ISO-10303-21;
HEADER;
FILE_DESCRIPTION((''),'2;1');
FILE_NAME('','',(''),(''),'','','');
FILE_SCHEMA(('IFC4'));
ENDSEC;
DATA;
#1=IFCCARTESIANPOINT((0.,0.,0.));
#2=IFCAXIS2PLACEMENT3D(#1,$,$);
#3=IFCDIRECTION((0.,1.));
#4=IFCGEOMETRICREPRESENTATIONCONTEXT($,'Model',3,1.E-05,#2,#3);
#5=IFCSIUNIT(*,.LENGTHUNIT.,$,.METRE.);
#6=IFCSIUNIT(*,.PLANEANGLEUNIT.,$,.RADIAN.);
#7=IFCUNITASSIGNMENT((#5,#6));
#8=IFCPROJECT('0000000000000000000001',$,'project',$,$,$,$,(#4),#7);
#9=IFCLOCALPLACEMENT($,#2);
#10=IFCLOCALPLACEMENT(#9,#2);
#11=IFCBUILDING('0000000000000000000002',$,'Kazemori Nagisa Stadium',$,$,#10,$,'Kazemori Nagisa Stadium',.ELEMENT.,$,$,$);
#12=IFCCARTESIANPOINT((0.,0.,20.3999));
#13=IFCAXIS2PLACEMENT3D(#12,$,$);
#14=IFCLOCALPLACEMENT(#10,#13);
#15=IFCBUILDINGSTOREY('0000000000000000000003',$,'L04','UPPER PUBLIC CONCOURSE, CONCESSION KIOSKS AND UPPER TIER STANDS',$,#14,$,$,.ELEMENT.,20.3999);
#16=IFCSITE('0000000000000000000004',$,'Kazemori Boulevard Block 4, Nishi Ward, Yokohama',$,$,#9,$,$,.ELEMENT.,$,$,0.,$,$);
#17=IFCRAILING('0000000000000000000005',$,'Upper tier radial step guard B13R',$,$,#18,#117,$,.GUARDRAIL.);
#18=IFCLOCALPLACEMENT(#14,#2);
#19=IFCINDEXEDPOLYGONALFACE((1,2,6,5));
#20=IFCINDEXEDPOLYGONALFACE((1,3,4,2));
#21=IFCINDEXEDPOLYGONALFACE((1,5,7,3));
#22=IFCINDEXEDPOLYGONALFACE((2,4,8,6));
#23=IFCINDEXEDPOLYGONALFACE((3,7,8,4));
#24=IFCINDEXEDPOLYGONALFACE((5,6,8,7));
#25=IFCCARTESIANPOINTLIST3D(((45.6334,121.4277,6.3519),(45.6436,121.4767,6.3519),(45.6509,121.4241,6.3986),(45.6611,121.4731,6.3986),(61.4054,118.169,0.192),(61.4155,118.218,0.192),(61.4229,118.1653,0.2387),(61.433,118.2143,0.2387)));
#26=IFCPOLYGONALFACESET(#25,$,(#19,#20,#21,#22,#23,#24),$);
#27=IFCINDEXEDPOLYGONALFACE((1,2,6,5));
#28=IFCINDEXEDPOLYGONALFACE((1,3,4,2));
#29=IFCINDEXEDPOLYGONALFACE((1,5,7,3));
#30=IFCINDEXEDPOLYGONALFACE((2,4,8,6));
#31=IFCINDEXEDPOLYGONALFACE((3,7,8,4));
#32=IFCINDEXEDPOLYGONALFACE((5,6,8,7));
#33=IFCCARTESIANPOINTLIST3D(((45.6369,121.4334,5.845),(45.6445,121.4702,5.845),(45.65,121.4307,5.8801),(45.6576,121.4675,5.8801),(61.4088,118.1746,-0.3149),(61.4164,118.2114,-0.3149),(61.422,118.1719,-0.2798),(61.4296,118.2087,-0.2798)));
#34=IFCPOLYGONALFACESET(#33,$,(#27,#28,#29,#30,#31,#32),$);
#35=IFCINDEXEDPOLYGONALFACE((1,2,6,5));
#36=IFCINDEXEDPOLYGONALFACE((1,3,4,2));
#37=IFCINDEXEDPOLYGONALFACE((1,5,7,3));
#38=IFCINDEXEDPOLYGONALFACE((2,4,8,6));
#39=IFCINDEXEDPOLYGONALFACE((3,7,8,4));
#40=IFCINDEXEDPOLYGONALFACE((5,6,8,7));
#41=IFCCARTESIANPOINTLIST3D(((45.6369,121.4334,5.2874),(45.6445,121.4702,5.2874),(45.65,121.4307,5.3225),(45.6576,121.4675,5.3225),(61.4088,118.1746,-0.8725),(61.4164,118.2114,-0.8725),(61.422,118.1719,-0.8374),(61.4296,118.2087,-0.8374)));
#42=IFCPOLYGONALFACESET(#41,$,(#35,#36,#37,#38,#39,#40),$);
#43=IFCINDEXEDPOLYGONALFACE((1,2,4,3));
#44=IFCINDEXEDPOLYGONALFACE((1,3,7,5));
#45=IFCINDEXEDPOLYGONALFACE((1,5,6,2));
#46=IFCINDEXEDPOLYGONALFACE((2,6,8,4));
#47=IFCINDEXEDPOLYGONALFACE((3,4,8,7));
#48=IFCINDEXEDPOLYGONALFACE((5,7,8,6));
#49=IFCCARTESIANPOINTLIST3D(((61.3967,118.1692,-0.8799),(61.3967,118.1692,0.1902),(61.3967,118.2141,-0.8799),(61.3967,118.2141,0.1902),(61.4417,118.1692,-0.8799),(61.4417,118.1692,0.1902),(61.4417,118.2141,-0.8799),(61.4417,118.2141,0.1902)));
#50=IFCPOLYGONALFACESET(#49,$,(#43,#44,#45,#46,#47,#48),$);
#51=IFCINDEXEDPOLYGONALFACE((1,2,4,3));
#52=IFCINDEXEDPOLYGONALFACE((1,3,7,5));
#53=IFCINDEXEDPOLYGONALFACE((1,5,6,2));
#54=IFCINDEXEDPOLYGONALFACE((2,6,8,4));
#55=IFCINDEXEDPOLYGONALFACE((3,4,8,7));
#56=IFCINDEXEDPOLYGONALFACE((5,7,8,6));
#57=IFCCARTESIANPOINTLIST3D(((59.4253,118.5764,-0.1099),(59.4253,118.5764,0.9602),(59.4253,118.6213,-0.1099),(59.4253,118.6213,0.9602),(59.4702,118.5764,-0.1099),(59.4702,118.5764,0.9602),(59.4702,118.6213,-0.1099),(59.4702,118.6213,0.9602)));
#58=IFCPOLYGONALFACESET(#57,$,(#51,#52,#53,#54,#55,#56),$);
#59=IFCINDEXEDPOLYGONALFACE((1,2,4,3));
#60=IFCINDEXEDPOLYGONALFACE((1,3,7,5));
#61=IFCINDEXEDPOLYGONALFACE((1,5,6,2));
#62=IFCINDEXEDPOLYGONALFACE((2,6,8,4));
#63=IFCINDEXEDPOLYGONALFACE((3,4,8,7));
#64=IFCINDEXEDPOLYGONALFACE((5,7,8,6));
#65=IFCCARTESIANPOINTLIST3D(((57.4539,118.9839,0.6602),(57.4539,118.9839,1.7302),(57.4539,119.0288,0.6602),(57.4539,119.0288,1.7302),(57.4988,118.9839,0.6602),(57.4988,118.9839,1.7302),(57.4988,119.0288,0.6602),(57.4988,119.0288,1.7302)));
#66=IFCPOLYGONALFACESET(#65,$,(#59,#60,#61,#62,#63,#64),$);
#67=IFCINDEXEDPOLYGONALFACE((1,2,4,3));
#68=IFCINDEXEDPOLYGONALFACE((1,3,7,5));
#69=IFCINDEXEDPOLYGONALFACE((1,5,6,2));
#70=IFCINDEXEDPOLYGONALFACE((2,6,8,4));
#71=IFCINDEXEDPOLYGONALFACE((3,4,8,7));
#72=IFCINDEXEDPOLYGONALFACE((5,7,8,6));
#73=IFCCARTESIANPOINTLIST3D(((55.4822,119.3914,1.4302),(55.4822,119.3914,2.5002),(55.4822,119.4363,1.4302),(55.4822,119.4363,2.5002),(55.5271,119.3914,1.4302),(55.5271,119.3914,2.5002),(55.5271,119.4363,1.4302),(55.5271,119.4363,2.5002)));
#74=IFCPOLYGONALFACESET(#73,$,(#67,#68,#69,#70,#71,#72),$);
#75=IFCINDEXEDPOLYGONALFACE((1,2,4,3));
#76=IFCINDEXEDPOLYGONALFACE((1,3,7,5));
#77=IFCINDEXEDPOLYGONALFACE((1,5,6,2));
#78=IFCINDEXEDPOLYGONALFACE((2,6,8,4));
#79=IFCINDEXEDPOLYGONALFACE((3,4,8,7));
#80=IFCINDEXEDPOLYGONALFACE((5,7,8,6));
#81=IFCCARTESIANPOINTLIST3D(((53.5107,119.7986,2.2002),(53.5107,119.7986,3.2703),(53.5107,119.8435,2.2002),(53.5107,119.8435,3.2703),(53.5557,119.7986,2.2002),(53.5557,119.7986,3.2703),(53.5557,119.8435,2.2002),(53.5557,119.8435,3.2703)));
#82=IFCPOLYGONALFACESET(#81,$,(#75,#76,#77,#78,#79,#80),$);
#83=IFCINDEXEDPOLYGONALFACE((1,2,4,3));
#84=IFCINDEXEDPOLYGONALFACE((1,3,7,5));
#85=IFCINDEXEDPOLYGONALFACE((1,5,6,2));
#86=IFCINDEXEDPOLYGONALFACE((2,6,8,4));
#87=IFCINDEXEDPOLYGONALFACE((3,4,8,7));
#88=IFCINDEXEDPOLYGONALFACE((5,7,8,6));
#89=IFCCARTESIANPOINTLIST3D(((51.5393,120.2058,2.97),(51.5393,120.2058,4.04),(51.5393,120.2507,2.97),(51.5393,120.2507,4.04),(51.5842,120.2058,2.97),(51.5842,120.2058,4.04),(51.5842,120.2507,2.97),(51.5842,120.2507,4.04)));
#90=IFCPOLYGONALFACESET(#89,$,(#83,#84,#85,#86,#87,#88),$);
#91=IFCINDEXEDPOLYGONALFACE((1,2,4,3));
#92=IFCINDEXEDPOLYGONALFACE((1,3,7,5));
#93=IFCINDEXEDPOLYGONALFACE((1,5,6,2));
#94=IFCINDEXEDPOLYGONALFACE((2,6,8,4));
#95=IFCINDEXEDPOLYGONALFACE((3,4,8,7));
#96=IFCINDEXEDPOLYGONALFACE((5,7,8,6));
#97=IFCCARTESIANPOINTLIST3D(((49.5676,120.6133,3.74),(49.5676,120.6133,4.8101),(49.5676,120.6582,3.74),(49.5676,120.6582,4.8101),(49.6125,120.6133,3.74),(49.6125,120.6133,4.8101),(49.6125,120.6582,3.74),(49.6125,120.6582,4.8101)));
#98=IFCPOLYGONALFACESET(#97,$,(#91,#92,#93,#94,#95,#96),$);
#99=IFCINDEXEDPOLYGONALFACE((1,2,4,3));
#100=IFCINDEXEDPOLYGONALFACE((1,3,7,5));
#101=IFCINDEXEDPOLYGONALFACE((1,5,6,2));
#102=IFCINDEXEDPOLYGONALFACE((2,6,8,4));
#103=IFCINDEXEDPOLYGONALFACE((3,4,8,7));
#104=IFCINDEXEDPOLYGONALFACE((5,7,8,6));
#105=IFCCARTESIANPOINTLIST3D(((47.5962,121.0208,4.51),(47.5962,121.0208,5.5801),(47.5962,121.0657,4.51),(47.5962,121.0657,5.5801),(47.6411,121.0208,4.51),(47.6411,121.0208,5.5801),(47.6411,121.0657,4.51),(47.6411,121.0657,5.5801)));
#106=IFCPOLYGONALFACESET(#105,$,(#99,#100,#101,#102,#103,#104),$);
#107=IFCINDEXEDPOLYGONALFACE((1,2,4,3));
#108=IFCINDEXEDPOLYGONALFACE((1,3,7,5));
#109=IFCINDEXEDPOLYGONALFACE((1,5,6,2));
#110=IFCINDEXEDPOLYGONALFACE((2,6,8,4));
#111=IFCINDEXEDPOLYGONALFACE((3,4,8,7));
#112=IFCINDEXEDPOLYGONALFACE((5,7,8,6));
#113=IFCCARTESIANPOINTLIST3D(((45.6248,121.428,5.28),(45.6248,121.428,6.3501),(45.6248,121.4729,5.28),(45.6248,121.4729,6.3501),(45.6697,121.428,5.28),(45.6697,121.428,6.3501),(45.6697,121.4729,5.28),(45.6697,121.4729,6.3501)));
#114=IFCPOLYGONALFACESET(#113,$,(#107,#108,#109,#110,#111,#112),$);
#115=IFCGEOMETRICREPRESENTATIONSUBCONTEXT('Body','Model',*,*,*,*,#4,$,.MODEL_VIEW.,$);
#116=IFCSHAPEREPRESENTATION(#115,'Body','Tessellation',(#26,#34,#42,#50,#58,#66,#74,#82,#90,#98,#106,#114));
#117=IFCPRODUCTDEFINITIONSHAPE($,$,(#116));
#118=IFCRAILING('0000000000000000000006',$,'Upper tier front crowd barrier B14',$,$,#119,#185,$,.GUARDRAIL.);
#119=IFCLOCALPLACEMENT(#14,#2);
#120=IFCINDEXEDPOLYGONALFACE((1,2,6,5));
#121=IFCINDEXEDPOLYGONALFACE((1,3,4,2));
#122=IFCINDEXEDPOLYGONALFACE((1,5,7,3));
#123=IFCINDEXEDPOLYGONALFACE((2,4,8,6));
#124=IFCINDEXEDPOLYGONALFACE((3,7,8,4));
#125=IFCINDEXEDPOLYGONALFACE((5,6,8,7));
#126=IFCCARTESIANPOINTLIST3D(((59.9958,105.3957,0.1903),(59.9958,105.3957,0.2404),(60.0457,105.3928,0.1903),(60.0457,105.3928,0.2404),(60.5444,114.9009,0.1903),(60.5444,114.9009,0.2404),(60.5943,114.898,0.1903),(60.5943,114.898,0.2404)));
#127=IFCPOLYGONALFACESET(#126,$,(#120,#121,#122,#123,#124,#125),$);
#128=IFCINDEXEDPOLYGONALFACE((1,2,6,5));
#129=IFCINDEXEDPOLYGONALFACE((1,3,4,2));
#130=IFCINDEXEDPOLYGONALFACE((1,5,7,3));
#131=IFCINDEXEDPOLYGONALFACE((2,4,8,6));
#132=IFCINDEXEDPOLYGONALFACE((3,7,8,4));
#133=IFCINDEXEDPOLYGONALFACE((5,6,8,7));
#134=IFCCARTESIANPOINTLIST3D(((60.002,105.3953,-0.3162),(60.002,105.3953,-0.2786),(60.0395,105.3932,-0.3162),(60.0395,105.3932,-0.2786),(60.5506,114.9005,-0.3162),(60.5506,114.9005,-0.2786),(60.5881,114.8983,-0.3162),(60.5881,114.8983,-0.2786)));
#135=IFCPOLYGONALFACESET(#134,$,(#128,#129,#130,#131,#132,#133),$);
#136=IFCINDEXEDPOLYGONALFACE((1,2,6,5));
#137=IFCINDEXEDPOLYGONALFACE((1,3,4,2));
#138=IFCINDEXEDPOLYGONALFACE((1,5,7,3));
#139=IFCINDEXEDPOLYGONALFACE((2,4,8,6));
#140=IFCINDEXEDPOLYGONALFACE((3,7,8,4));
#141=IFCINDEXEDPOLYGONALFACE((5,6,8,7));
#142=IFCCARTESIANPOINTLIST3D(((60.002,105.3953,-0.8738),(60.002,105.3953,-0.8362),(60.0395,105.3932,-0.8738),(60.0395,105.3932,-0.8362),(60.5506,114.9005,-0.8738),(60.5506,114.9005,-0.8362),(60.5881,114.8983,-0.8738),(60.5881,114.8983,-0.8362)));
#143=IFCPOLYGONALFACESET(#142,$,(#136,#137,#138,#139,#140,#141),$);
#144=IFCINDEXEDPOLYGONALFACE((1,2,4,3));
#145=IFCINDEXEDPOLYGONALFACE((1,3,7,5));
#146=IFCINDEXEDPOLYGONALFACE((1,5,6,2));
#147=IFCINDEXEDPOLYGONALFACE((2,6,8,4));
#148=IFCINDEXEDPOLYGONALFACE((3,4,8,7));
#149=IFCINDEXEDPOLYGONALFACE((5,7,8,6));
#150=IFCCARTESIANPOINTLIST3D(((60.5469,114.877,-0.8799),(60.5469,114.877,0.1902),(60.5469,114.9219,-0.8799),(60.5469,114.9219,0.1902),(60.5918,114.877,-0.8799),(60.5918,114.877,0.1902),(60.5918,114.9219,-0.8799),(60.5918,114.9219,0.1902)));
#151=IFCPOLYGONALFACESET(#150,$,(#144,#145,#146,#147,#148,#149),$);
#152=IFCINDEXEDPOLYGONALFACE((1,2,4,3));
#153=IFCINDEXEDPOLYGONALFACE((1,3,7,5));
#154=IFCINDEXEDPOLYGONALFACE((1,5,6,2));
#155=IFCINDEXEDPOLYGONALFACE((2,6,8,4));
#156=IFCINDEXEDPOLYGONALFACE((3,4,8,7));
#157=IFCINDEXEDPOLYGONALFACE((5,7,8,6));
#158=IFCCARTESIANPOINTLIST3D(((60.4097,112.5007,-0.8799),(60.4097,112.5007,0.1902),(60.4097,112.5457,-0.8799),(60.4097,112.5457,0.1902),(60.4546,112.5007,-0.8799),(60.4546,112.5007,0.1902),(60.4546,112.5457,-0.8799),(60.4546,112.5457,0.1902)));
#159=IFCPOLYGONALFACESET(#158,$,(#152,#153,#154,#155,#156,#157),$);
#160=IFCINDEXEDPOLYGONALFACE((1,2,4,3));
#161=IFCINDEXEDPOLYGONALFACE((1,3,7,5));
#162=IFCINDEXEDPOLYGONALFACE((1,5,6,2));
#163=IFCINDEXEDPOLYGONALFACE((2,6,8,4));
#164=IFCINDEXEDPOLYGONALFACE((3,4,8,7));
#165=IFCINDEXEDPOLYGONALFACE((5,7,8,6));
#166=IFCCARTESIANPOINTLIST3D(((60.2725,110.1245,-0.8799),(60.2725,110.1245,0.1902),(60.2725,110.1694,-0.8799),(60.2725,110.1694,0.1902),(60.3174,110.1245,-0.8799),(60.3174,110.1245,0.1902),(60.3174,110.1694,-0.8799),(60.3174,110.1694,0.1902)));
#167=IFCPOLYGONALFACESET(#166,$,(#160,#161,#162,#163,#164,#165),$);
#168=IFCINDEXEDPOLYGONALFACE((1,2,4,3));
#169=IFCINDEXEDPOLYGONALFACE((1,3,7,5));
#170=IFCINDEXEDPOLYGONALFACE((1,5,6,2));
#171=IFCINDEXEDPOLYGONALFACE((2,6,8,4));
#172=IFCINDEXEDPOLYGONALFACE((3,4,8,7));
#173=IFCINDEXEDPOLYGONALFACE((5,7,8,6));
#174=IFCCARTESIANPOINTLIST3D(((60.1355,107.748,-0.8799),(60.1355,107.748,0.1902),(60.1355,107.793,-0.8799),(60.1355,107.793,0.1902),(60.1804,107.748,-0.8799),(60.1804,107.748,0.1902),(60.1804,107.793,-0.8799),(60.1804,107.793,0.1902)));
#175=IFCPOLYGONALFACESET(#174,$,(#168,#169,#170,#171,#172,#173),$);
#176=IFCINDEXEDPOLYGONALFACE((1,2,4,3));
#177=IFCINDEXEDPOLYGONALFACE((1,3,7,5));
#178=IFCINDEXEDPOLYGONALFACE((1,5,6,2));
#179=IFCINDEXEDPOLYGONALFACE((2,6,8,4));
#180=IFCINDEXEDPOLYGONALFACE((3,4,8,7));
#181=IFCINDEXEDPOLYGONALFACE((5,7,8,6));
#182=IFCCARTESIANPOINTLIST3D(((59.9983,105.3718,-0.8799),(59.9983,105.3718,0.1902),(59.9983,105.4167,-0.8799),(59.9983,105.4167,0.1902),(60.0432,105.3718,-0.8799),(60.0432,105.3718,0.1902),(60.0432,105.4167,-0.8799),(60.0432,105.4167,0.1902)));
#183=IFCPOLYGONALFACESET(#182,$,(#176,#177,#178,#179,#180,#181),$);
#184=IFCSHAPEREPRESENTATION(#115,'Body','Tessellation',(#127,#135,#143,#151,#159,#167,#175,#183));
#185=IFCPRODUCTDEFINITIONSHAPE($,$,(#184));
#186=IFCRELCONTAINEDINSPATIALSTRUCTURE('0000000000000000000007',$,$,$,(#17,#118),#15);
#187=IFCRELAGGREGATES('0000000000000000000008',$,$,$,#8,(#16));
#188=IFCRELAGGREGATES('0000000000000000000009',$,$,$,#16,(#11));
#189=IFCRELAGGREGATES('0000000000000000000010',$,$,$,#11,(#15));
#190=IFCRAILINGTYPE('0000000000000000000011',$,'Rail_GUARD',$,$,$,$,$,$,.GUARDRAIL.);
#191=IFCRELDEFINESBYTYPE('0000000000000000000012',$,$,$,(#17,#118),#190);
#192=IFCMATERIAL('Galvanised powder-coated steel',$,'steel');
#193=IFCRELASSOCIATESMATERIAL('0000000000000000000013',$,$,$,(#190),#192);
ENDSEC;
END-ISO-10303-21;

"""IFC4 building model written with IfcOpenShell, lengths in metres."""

from ifc_helpers import new_model, si_unit, direction, frame, origin, origin_2d, place, context, subcontext, project, spatial, rectangle, extrude, material, type_object, element, save


model = new_model("IFC4")

# Units and contexts
model_context = context("Model", 3, precision=1e-05, world=origin(), true_north=direction((0.0, 1.0)))
body_context = subcontext(model_context, "Body", "Model", "MODEL_VIEW")
ifc_project = project(units=[si_unit("LENGTHUNIT", "METRE"), si_unit("PLANEANGLEUNIT", "RADIAN")], contexts=[model_context])

# Site, building, storey
site_placement = place(None, origin())
site = spatial("IfcSite", under=ifc_project, at=site_placement, Name="Kazemori Boulevard Block 4, Nishi Ward, Yokohama", CompositionType="ELEMENT", RefElevation=0.0)
building_placement = place(site_placement, origin())
building = spatial("IfcBuilding", under=site, at=building_placement, Name="Kazemori Nagisa Stadium", LongName="Kazemori Nagisa Stadium", CompositionType="ELEMENT")
storey_placement = place(building_placement, frame((0.0, 0.0, 20.3999)))
storey = spatial("IfcBuildingStorey", under=building, at=storey_placement, Name="L04", Description="UPPER PUBLIC CONCOURSE, CONCESSION KIOSKS AND UPPER TIER STANDS", CompositionType="ELEMENT", Elevation=20.3999)

# Railings
ifc_material_1 = material(Name="Galvanised powder-coated steel", Category="steel")
railing_type_1 = type_object("IfcRailingType", Name="Rail_GUARD", PredefinedType="GUARDRAIL", material=ifc_material_1)
railing_1_placement = place(storey_placement, frame((61.4192, 118.1917, -0.8799)))
element("IfcRailing", 1, at=railing_1_placement, inside=storey, type_object=railing_type_1, Name="Upper tier radial step guard B13R", PredefinedType="GUARDRAIL", context=body_context, shape_type="SweptSolid", body=[
    extrude(rectangle(XDim=0.05, YDim=0.05, at=origin_2d()), frame((0.0, 0.0, 1.0952), z_axis=(-0.914691, 0.188993, 0.357242), x_axis=(-0.202345, -0.979314, 0.0)), (0.0, 0.0, 1.0), 17.2429),
    extrude(rectangle(XDim=0.0376, YDim=0.0376, at=origin_2d()), frame((0.0, 0.0, 0.5825), z_axis=(-0.914691, 0.188993, 0.357242), x_axis=(-0.202345, -0.979314, 0.0)), (0.0, 0.0, 1.0), 17.2429),
    extrude(rectangle(XDim=0.0376, YDim=0.0376, at=origin_2d()), frame((0.0, 0.0, 0.0249), z_axis=(-0.914691, 0.188993, 0.357242), x_axis=(-0.202345, -0.979314, 0.0)), (0.0, 0.0, 1.0), 17.2429),
    extrude(rectangle(XDim=0.0449, YDim=0.0449, at=origin_2d()), origin(), (0.0, 0.0, 1.0), 1.0701),
    extrude(rectangle(XDim=0.0449, YDim=0.0449, at=origin_2d()), frame((-1.9714, 0.4072, 0.77)), (0.0, 0.0, 1.0), 1.0701),
    extrude(rectangle(XDim=0.0449, YDim=0.0449, at=origin_2d()), frame((-3.9429, 0.8147, 1.54)), (0.0, 0.0, 1.0), 1.0701),
    extrude(rectangle(XDim=0.0449, YDim=0.0449, at=origin_2d()), frame((-5.9146, 1.2222, 2.3101)), (0.0, 0.0, 1.0), 1.0701),
    extrude(rectangle(XDim=0.0449, YDim=0.0449, at=origin_2d()), frame((-7.886, 1.6294, 3.0801)), (0.0, 0.0, 1.0), 1.0701),
    extrude(rectangle(XDim=0.0449, YDim=0.0449, at=origin_2d()), frame((-9.8574, 2.0366, 3.8499)), (0.0, 0.0, 1.0), 1.0701),
    extrude(rectangle(XDim=0.0449, YDim=0.0449, at=origin_2d()), frame((-11.8291, 2.4441, 4.6199)), (0.0, 0.0, 1.0), 1.0701),
    extrude(rectangle(XDim=0.0449, YDim=0.0449, at=origin_2d()), frame((-13.8005, 2.8516, 5.3899)), (0.0, 0.0, 1.0), 1.0701),
    extrude(rectangle(XDim=0.0449, YDim=0.0449, at=origin_2d()), frame((-15.772, 3.2588, 6.1599)), (0.0, 0.0, 1.0), 1.0701),
])
railing_2_placement = place(storey_placement, frame((60.5693, 114.8994, -0.8799)))
element("IfcRailing", 2, at=railing_2_placement, inside=storey, type_object=railing_type_1, Name="Upper tier front crowd barrier B14", PredefinedType="GUARDRAIL", context=body_context, shape_type="SweptSolid", body=[
    extrude(rectangle(XDim=0.05, YDim=0.05, at=origin_2d()), frame((0.0, 0.0, 1.0952), z_axis=(-0.057619, -0.998339, 0.0), x_axis=(0.998339, -0.057619, 0.0)), (0.0, 0.0, 1.0), 9.521),
    extrude(rectangle(XDim=0.0376, YDim=0.0376, at=origin_2d()), frame((0.0, 0.0, 0.5825), z_axis=(-0.057619, -0.998339, 0.0), x_axis=(0.998339, -0.057619, 0.0)), (0.0, 0.0, 1.0), 9.521),
    extrude(rectangle(XDim=0.0376, YDim=0.0376, at=origin_2d()), frame((0.0, 0.0, 0.0249), z_axis=(-0.057619, -0.998339, 0.0), x_axis=(0.998339, -0.057619, 0.0)), (0.0, 0.0, 1.0), 9.521),
    extrude(rectangle(XDim=0.0449, YDim=0.0449, at=origin_2d()), origin(), (0.0, 0.0, 1.0), 1.0701),
    extrude(rectangle(XDim=0.0449, YDim=0.0449, at=origin_2d()), frame((-0.1372, -2.3762, 0.0)), (0.0, 0.0, 1.0), 1.0701),
    extrude(rectangle(XDim=0.0449, YDim=0.0449, at=origin_2d()), frame((-0.2744, -4.7524, 0.0)), (0.0, 0.0, 1.0), 1.0701),
    extrude(rectangle(XDim=0.0449, YDim=0.0449, at=origin_2d()), frame((-0.4114, -7.1289, 0.0)), (0.0, 0.0, 1.0), 1.0701),
    extrude(rectangle(XDim=0.0449, YDim=0.0449, at=origin_2d()), frame((-0.5486, -9.5051, 0.0)), (0.0, 0.0, 1.0), 1.0701),
])

save(model, "model.ifc")
